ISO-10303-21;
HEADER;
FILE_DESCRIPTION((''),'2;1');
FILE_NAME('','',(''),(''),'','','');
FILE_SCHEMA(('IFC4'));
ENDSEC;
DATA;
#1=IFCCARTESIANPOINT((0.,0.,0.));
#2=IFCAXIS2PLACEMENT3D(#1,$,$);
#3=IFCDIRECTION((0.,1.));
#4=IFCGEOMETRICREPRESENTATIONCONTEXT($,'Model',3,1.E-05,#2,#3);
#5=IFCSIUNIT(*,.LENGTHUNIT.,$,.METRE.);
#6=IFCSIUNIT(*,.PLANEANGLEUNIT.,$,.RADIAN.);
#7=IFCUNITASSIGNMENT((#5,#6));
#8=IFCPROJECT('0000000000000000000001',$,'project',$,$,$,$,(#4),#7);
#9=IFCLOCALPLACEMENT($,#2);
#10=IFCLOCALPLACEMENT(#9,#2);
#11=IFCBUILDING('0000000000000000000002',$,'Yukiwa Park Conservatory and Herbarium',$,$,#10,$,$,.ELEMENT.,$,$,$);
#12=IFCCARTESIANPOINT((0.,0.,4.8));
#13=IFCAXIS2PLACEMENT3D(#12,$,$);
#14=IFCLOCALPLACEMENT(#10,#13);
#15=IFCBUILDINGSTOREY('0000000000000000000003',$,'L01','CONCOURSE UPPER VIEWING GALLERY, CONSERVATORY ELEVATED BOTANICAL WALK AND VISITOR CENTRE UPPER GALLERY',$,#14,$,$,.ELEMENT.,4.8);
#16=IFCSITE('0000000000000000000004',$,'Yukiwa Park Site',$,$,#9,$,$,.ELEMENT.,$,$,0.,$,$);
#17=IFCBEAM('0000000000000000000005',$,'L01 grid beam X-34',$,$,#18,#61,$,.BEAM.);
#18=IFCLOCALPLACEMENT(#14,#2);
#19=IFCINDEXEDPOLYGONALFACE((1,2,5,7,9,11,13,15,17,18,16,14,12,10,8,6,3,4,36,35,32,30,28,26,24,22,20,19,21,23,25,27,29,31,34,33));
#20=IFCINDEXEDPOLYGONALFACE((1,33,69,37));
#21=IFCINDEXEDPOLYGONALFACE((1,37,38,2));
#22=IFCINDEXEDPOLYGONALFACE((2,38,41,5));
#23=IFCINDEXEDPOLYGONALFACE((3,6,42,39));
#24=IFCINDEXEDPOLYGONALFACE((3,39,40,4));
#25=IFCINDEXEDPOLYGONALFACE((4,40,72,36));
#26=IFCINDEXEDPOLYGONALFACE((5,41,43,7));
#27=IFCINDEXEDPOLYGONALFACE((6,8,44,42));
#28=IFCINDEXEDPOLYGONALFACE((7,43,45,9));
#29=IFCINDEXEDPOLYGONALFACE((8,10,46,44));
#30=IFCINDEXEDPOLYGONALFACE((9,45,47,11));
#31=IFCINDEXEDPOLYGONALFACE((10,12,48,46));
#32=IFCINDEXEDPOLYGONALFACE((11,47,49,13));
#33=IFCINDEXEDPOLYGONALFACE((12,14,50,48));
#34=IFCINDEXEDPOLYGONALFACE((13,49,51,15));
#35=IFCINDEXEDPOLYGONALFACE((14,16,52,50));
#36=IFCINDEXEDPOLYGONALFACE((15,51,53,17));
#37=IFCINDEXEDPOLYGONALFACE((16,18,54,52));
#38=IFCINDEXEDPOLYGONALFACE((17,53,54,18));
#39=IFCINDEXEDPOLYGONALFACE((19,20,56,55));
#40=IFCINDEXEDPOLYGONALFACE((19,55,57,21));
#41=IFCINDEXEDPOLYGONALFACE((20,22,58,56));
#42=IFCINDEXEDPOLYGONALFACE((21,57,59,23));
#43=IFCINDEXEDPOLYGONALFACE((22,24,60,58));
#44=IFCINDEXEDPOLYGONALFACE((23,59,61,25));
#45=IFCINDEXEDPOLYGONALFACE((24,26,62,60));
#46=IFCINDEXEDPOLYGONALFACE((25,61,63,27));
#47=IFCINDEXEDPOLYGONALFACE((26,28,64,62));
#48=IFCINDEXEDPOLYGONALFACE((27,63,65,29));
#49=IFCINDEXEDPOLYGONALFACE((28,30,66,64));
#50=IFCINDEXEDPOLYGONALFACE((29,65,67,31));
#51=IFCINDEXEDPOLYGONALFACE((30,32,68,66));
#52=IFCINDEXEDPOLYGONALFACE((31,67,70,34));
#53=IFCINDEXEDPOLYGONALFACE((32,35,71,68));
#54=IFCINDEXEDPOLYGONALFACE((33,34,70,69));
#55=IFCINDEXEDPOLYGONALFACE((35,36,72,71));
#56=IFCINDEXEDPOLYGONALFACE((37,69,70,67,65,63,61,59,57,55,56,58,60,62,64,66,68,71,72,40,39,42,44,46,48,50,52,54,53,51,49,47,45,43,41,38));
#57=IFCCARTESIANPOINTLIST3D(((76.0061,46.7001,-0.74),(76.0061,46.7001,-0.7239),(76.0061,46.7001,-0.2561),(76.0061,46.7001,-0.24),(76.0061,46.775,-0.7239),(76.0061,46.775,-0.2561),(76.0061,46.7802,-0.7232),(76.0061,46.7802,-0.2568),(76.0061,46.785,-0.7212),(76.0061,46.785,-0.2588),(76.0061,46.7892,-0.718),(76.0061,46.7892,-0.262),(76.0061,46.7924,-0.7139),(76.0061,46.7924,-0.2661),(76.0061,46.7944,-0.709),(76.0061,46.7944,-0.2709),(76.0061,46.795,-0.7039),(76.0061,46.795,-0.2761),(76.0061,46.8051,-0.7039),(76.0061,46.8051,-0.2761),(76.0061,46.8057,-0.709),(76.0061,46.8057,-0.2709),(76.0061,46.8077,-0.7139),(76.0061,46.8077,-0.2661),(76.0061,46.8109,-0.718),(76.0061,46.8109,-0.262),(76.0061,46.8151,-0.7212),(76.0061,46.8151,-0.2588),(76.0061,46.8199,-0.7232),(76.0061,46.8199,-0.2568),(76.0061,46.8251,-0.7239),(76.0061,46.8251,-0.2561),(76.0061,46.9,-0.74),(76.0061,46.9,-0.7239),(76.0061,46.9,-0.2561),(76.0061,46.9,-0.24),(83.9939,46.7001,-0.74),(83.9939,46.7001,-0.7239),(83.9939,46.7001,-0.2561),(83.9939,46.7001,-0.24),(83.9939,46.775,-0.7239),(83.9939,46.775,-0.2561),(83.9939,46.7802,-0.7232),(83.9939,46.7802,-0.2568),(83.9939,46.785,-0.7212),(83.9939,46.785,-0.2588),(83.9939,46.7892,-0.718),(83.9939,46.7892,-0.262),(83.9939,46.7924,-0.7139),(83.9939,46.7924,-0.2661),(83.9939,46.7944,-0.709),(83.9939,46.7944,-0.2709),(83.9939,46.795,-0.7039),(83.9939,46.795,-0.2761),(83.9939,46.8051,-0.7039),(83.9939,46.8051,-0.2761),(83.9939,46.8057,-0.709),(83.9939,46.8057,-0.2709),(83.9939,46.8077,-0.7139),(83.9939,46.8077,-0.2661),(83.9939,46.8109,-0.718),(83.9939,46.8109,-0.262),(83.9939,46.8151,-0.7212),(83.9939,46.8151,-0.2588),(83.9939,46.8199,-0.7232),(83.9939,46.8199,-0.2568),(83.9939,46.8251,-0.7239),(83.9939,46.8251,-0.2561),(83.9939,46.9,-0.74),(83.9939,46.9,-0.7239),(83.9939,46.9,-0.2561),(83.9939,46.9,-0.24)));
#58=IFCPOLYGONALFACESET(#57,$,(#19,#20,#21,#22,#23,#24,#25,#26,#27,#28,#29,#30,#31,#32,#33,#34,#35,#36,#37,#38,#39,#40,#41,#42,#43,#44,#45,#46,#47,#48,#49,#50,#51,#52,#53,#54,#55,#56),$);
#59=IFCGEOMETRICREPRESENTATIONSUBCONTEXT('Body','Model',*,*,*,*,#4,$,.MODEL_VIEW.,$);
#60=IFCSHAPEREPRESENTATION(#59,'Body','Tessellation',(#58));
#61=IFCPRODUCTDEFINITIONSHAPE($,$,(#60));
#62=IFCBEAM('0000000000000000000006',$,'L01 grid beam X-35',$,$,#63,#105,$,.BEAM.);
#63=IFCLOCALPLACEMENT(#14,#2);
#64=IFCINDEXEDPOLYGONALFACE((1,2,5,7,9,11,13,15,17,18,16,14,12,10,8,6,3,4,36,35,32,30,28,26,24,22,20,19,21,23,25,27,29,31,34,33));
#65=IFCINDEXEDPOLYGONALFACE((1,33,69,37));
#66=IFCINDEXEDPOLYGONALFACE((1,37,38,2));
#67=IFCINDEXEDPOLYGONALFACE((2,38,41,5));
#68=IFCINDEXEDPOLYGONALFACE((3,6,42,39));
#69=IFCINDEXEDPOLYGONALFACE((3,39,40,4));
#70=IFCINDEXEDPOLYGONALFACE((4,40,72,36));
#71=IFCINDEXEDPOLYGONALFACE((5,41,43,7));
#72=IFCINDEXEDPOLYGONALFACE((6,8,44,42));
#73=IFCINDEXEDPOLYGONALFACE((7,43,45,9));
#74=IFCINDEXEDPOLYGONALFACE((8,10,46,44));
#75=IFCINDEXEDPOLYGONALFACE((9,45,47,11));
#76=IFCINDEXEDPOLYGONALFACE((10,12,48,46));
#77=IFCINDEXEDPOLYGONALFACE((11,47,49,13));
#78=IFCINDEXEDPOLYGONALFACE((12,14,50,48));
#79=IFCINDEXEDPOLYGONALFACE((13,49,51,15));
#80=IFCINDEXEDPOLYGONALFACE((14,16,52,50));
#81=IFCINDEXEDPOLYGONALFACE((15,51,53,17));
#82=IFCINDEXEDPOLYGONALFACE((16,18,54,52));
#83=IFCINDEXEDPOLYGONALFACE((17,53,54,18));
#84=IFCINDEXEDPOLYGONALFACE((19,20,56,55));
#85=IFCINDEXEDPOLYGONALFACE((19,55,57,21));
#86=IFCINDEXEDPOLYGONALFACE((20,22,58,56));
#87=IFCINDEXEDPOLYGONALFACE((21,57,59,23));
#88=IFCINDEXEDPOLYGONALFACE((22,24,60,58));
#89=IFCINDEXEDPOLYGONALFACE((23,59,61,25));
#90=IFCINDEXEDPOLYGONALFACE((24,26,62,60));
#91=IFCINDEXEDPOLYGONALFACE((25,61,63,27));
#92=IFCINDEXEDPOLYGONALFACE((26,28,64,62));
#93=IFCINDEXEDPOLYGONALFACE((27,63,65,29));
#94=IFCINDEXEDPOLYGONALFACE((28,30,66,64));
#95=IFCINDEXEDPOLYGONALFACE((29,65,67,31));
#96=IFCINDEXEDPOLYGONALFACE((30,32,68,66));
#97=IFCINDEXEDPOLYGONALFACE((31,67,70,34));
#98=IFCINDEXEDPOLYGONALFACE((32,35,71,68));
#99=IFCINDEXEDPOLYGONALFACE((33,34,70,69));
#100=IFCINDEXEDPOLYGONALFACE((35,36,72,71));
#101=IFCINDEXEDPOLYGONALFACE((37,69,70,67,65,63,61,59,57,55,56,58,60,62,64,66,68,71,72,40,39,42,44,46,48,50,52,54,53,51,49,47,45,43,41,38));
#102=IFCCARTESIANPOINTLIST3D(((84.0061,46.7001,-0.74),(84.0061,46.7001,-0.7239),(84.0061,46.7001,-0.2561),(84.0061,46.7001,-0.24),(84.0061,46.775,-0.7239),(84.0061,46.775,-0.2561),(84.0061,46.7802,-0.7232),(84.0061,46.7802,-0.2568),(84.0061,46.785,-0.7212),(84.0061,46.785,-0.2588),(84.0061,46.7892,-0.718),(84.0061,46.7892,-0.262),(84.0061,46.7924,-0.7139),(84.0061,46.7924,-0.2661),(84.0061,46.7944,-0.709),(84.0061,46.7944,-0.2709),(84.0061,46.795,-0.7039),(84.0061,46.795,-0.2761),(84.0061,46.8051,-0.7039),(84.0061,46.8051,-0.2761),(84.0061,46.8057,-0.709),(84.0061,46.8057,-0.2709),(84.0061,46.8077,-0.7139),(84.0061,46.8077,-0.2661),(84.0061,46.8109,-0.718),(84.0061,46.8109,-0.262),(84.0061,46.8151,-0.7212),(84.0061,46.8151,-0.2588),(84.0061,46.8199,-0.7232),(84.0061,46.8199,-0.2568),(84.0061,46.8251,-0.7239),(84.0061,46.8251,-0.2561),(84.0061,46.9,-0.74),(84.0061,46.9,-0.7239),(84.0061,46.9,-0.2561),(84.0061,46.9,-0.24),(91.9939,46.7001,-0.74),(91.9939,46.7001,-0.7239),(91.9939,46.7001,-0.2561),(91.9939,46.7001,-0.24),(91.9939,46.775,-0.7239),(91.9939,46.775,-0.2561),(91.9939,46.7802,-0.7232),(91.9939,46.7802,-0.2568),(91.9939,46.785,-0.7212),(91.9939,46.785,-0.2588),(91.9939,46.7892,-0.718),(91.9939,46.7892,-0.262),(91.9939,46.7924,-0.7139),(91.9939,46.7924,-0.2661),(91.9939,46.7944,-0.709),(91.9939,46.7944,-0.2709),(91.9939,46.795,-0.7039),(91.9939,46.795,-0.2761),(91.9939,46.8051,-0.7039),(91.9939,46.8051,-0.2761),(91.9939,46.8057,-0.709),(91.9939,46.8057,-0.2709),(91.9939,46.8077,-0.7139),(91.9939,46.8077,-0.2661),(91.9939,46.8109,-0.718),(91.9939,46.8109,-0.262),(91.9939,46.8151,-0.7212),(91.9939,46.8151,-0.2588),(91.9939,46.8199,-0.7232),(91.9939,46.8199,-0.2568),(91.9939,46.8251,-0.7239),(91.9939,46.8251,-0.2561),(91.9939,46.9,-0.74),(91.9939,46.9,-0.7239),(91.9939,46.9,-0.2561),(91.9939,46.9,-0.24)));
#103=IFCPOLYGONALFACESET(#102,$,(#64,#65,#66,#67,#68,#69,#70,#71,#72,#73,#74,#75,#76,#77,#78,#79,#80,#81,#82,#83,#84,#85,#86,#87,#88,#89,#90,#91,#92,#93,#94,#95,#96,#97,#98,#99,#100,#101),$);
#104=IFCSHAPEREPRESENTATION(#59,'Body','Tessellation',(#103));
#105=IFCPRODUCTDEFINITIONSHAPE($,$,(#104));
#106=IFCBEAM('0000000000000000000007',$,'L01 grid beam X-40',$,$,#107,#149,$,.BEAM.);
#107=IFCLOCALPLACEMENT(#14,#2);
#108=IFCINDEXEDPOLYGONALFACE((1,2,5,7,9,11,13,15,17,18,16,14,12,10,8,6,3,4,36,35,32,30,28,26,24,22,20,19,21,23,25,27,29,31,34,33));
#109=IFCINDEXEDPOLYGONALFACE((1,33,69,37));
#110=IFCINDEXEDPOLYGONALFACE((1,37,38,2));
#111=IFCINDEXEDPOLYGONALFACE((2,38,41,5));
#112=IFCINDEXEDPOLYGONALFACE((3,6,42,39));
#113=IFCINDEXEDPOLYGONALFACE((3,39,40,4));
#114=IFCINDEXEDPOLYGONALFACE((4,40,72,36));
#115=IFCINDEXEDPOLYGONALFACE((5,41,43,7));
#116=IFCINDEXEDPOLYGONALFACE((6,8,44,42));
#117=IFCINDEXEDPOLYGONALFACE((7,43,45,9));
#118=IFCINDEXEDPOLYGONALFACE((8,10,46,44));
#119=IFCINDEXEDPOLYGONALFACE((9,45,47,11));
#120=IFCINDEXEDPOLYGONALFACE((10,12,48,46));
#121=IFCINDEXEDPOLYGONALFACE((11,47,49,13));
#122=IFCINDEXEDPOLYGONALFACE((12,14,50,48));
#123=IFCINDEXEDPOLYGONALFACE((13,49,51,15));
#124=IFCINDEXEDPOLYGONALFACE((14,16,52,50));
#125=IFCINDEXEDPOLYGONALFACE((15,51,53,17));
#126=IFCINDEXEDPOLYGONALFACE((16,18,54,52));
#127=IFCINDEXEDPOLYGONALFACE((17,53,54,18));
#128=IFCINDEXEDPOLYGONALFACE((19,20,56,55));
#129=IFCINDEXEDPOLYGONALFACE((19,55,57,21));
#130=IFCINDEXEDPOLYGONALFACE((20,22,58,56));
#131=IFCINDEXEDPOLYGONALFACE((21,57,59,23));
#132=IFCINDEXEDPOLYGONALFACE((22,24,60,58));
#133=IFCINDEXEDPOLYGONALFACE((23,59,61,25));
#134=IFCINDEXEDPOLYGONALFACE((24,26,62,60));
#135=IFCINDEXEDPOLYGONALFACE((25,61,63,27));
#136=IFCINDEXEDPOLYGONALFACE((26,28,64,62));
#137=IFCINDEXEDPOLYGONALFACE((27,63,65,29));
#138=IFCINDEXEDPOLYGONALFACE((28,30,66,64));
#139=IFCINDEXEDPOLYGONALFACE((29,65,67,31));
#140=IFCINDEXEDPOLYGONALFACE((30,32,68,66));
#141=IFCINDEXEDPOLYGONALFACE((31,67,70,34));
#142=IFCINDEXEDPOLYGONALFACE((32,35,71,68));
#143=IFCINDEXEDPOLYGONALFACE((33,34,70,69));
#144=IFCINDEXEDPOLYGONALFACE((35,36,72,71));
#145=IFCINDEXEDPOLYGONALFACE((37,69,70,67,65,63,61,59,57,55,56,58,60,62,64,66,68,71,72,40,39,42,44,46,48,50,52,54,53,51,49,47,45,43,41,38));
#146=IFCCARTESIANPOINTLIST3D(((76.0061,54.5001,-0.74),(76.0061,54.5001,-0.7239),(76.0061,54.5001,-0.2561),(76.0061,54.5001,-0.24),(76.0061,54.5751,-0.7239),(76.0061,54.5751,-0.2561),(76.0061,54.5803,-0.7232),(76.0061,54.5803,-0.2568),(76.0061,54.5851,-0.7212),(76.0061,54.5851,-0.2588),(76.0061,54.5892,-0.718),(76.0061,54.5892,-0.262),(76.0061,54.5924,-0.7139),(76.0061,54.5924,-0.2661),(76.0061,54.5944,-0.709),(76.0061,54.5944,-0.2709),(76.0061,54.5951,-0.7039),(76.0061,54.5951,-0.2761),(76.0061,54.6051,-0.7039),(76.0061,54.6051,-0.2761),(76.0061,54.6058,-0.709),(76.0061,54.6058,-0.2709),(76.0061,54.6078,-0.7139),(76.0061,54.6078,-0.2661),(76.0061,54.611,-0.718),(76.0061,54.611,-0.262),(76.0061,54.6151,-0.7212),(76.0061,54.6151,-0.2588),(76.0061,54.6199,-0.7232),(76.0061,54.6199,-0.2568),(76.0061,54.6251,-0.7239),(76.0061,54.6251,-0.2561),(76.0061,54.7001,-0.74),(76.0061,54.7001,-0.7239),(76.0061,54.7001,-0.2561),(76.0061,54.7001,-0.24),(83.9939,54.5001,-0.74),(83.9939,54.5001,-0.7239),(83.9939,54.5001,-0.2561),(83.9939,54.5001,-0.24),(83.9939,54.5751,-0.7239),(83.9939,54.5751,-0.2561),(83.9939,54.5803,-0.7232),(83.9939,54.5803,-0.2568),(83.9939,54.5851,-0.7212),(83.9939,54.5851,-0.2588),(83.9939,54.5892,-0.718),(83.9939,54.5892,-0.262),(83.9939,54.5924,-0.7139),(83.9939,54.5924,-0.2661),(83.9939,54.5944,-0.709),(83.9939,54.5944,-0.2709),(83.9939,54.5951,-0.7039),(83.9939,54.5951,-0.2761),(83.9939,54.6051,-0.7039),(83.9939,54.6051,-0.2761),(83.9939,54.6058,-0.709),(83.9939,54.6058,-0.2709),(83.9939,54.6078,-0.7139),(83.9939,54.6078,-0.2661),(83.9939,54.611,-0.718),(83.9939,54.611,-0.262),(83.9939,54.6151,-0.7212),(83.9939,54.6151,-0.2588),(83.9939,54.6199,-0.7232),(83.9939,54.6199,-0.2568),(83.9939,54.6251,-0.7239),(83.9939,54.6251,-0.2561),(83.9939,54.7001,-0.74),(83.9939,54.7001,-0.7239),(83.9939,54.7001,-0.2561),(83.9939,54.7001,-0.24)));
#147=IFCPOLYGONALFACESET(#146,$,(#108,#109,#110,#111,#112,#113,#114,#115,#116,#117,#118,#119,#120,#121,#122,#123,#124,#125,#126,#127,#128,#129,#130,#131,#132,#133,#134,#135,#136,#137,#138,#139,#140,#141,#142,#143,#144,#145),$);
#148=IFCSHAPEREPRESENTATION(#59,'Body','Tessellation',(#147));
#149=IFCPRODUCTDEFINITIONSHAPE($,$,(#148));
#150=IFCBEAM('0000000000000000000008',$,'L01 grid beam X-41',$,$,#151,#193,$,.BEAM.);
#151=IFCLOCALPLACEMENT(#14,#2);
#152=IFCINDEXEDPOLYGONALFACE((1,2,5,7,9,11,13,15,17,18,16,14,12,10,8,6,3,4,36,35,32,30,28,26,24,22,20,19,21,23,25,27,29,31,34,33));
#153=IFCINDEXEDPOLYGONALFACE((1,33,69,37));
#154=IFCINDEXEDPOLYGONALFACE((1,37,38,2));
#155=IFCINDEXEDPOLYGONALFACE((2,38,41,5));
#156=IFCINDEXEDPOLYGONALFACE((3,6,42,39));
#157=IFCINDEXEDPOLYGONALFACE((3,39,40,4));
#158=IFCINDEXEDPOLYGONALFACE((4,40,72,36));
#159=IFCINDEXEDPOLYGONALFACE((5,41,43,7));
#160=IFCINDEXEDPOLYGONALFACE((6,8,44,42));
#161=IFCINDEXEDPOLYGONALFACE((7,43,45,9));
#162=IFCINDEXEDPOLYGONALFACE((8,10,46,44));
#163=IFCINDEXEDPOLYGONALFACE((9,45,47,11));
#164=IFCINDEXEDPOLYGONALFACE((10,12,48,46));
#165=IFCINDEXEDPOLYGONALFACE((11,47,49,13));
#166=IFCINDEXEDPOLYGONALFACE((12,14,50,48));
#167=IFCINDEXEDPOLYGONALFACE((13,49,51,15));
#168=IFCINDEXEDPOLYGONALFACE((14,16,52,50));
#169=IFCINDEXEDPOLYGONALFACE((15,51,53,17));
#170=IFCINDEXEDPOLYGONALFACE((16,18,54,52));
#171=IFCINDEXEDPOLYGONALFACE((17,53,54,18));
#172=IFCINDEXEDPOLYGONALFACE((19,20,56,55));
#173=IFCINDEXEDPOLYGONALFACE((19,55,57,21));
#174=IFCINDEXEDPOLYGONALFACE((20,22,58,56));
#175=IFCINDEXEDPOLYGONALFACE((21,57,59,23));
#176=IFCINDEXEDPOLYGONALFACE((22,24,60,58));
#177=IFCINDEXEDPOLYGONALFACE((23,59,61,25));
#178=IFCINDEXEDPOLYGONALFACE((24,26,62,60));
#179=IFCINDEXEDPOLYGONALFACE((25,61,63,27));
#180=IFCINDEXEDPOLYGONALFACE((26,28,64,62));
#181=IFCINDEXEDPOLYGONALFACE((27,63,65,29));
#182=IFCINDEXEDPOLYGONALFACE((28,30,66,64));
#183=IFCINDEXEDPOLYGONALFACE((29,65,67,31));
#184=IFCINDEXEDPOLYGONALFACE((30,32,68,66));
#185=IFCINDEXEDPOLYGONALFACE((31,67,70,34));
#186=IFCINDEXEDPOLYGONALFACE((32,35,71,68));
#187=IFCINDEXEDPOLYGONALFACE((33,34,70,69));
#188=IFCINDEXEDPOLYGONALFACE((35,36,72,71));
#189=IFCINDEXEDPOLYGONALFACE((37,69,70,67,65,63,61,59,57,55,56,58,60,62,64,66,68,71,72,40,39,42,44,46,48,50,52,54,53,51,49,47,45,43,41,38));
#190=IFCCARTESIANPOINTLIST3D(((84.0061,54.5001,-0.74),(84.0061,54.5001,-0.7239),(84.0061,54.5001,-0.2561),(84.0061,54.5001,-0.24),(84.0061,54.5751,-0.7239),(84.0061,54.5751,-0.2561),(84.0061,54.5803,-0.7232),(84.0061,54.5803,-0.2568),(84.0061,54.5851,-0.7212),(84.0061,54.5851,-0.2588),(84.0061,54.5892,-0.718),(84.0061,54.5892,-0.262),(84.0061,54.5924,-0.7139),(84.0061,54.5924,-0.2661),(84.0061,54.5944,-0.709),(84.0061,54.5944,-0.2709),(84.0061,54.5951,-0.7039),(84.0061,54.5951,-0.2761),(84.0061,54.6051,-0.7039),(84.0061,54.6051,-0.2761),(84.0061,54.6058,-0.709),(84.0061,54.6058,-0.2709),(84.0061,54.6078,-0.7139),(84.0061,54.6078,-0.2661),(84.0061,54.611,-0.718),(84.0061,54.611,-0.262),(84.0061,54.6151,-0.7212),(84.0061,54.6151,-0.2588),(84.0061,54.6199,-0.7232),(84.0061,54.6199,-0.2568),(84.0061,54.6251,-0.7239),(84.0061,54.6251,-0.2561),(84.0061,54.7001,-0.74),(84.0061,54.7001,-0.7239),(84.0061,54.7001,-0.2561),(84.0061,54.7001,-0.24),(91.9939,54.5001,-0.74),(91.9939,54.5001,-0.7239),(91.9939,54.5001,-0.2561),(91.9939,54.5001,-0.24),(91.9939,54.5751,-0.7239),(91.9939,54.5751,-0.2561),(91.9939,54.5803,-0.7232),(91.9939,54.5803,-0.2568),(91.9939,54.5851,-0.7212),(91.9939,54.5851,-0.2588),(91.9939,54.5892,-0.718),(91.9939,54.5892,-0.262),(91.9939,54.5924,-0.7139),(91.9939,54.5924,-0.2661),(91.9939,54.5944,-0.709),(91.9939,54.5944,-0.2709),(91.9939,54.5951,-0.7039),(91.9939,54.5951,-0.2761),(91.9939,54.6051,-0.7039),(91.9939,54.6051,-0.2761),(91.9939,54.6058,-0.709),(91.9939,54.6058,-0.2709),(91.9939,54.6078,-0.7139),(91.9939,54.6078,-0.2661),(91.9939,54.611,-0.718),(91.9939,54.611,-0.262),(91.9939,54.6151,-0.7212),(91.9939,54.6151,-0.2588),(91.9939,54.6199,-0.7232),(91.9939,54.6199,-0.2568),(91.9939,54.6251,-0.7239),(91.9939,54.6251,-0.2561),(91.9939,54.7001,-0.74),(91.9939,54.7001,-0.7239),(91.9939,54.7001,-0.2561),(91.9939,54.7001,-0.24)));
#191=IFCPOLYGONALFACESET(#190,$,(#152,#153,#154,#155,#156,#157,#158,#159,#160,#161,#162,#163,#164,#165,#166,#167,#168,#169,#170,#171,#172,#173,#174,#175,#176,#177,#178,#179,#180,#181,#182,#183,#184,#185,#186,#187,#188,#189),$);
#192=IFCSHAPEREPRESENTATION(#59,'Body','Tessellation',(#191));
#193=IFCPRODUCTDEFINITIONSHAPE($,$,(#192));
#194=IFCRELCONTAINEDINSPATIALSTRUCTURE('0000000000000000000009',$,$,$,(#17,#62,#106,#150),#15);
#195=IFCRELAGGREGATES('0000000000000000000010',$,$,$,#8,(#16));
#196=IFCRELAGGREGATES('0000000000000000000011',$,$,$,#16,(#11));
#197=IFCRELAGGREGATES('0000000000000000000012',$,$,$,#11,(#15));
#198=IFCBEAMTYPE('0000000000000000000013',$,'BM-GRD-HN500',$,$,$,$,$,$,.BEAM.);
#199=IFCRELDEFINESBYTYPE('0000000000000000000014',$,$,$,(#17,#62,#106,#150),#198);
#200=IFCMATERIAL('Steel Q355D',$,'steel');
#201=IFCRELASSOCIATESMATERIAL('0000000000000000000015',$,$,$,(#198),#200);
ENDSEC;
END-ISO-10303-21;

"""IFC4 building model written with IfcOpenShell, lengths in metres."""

from ifc_helpers import new_model, si_unit, direction, frame, origin, origin_2d, place, context, subcontext, project, spatial, i_section, extrude, material, material_profile, profile_set, type_object, element, save


model = new_model("IFC4")

# Units and contexts
model_context = context("Model", 3, precision=1e-05, world=origin(), true_north=direction((0.0, 1.0)))
body_context = subcontext(model_context, "Body", "Model", "MODEL_VIEW")
ifc_project = project(units=[si_unit("LENGTHUNIT", "METRE"), si_unit("PLANEANGLEUNIT", "RADIAN")], contexts=[model_context])

# Site, building, storey
site_placement = place(None, origin())
site = spatial("IfcSite", under=ifc_project, at=site_placement, Name="Yukiwa Park Site", CompositionType="ELEMENT", RefElevation=0.0)
building_placement = place(site_placement, origin())
building = spatial("IfcBuilding", under=site, at=building_placement, Name="Yukiwa Park Conservatory and Herbarium", CompositionType="ELEMENT")
storey_placement = place(building_placement, frame((0.0, 0.0, 4.8)))
storey = spatial("IfcBuildingStorey", under=building, at=storey_placement, Name="L01", Description="CONCOURSE UPPER VIEWING GALLERY, CONSERVATORY ELEVATED BOTANICAL WALK AND VISITOR CENTRE UPPER GALLERY", CompositionType="ELEMENT", Elevation=4.8)

# Beams
ifc_material_1 = material(Name="Steel Q355D", Category="steel")
ifc_material_profile_1 = material_profile(ifc_material_1, i_section(OverallWidth=0.2, OverallDepth=0.5, WebThickness=0.01, FlangeThickness=0.0161, FilletRadius=0.02, at=origin_2d()), Name="HN 500x200x10x16")
ifc_profile_set_1 = profile_set([ifc_material_profile_1], Name="Steel Q355D")
beam_type_1 = type_object("IfcBeamType", Name="BM-GRD-HN500", PredefinedType="BEAM", material=ifc_profile_set_1)
for number, where, z_axis, x_axis, name in (
    (1, (76.0061, 46.8, -0.49), (1.0, 0.0, 0.0), (0.0, 1.0, 0.0), "L01 grid beam X-34"),
    (2, (84.0061, 46.8, -0.49), (1.0, 0.0, 0.0), (0.0, 1.0, 0.0), "L01 grid beam X-35"),
    (3, (76.0061, 54.6001, -0.49), (1.0, 0.0, 0.0), (0.0, 1.0, 0.0), "L01 grid beam X-40"),
    (4, (84.0061, 54.6001, -0.49), (1.0, 0.0, 0.0), (0.0, 1.0, 0.0), "L01 grid beam X-41"),
):
    element("IfcBeam", number, at=place(storey_placement, frame(where, z_axis=z_axis, x_axis=x_axis)), inside=storey, type_object=beam_type_1, Name=name, PredefinedType="BEAM", context=body_context, shape_type="SweptSolid", body=[
        extrude(i_section(OverallWidth=0.2, OverallDepth=0.5, WebThickness=0.01, FlangeThickness=0.0161, FilletRadius=0.02, at=origin_2d()), origin(), (0.0, 0.0, 1.0), 7.9878),
    ])

save(model, "model.ifc")
